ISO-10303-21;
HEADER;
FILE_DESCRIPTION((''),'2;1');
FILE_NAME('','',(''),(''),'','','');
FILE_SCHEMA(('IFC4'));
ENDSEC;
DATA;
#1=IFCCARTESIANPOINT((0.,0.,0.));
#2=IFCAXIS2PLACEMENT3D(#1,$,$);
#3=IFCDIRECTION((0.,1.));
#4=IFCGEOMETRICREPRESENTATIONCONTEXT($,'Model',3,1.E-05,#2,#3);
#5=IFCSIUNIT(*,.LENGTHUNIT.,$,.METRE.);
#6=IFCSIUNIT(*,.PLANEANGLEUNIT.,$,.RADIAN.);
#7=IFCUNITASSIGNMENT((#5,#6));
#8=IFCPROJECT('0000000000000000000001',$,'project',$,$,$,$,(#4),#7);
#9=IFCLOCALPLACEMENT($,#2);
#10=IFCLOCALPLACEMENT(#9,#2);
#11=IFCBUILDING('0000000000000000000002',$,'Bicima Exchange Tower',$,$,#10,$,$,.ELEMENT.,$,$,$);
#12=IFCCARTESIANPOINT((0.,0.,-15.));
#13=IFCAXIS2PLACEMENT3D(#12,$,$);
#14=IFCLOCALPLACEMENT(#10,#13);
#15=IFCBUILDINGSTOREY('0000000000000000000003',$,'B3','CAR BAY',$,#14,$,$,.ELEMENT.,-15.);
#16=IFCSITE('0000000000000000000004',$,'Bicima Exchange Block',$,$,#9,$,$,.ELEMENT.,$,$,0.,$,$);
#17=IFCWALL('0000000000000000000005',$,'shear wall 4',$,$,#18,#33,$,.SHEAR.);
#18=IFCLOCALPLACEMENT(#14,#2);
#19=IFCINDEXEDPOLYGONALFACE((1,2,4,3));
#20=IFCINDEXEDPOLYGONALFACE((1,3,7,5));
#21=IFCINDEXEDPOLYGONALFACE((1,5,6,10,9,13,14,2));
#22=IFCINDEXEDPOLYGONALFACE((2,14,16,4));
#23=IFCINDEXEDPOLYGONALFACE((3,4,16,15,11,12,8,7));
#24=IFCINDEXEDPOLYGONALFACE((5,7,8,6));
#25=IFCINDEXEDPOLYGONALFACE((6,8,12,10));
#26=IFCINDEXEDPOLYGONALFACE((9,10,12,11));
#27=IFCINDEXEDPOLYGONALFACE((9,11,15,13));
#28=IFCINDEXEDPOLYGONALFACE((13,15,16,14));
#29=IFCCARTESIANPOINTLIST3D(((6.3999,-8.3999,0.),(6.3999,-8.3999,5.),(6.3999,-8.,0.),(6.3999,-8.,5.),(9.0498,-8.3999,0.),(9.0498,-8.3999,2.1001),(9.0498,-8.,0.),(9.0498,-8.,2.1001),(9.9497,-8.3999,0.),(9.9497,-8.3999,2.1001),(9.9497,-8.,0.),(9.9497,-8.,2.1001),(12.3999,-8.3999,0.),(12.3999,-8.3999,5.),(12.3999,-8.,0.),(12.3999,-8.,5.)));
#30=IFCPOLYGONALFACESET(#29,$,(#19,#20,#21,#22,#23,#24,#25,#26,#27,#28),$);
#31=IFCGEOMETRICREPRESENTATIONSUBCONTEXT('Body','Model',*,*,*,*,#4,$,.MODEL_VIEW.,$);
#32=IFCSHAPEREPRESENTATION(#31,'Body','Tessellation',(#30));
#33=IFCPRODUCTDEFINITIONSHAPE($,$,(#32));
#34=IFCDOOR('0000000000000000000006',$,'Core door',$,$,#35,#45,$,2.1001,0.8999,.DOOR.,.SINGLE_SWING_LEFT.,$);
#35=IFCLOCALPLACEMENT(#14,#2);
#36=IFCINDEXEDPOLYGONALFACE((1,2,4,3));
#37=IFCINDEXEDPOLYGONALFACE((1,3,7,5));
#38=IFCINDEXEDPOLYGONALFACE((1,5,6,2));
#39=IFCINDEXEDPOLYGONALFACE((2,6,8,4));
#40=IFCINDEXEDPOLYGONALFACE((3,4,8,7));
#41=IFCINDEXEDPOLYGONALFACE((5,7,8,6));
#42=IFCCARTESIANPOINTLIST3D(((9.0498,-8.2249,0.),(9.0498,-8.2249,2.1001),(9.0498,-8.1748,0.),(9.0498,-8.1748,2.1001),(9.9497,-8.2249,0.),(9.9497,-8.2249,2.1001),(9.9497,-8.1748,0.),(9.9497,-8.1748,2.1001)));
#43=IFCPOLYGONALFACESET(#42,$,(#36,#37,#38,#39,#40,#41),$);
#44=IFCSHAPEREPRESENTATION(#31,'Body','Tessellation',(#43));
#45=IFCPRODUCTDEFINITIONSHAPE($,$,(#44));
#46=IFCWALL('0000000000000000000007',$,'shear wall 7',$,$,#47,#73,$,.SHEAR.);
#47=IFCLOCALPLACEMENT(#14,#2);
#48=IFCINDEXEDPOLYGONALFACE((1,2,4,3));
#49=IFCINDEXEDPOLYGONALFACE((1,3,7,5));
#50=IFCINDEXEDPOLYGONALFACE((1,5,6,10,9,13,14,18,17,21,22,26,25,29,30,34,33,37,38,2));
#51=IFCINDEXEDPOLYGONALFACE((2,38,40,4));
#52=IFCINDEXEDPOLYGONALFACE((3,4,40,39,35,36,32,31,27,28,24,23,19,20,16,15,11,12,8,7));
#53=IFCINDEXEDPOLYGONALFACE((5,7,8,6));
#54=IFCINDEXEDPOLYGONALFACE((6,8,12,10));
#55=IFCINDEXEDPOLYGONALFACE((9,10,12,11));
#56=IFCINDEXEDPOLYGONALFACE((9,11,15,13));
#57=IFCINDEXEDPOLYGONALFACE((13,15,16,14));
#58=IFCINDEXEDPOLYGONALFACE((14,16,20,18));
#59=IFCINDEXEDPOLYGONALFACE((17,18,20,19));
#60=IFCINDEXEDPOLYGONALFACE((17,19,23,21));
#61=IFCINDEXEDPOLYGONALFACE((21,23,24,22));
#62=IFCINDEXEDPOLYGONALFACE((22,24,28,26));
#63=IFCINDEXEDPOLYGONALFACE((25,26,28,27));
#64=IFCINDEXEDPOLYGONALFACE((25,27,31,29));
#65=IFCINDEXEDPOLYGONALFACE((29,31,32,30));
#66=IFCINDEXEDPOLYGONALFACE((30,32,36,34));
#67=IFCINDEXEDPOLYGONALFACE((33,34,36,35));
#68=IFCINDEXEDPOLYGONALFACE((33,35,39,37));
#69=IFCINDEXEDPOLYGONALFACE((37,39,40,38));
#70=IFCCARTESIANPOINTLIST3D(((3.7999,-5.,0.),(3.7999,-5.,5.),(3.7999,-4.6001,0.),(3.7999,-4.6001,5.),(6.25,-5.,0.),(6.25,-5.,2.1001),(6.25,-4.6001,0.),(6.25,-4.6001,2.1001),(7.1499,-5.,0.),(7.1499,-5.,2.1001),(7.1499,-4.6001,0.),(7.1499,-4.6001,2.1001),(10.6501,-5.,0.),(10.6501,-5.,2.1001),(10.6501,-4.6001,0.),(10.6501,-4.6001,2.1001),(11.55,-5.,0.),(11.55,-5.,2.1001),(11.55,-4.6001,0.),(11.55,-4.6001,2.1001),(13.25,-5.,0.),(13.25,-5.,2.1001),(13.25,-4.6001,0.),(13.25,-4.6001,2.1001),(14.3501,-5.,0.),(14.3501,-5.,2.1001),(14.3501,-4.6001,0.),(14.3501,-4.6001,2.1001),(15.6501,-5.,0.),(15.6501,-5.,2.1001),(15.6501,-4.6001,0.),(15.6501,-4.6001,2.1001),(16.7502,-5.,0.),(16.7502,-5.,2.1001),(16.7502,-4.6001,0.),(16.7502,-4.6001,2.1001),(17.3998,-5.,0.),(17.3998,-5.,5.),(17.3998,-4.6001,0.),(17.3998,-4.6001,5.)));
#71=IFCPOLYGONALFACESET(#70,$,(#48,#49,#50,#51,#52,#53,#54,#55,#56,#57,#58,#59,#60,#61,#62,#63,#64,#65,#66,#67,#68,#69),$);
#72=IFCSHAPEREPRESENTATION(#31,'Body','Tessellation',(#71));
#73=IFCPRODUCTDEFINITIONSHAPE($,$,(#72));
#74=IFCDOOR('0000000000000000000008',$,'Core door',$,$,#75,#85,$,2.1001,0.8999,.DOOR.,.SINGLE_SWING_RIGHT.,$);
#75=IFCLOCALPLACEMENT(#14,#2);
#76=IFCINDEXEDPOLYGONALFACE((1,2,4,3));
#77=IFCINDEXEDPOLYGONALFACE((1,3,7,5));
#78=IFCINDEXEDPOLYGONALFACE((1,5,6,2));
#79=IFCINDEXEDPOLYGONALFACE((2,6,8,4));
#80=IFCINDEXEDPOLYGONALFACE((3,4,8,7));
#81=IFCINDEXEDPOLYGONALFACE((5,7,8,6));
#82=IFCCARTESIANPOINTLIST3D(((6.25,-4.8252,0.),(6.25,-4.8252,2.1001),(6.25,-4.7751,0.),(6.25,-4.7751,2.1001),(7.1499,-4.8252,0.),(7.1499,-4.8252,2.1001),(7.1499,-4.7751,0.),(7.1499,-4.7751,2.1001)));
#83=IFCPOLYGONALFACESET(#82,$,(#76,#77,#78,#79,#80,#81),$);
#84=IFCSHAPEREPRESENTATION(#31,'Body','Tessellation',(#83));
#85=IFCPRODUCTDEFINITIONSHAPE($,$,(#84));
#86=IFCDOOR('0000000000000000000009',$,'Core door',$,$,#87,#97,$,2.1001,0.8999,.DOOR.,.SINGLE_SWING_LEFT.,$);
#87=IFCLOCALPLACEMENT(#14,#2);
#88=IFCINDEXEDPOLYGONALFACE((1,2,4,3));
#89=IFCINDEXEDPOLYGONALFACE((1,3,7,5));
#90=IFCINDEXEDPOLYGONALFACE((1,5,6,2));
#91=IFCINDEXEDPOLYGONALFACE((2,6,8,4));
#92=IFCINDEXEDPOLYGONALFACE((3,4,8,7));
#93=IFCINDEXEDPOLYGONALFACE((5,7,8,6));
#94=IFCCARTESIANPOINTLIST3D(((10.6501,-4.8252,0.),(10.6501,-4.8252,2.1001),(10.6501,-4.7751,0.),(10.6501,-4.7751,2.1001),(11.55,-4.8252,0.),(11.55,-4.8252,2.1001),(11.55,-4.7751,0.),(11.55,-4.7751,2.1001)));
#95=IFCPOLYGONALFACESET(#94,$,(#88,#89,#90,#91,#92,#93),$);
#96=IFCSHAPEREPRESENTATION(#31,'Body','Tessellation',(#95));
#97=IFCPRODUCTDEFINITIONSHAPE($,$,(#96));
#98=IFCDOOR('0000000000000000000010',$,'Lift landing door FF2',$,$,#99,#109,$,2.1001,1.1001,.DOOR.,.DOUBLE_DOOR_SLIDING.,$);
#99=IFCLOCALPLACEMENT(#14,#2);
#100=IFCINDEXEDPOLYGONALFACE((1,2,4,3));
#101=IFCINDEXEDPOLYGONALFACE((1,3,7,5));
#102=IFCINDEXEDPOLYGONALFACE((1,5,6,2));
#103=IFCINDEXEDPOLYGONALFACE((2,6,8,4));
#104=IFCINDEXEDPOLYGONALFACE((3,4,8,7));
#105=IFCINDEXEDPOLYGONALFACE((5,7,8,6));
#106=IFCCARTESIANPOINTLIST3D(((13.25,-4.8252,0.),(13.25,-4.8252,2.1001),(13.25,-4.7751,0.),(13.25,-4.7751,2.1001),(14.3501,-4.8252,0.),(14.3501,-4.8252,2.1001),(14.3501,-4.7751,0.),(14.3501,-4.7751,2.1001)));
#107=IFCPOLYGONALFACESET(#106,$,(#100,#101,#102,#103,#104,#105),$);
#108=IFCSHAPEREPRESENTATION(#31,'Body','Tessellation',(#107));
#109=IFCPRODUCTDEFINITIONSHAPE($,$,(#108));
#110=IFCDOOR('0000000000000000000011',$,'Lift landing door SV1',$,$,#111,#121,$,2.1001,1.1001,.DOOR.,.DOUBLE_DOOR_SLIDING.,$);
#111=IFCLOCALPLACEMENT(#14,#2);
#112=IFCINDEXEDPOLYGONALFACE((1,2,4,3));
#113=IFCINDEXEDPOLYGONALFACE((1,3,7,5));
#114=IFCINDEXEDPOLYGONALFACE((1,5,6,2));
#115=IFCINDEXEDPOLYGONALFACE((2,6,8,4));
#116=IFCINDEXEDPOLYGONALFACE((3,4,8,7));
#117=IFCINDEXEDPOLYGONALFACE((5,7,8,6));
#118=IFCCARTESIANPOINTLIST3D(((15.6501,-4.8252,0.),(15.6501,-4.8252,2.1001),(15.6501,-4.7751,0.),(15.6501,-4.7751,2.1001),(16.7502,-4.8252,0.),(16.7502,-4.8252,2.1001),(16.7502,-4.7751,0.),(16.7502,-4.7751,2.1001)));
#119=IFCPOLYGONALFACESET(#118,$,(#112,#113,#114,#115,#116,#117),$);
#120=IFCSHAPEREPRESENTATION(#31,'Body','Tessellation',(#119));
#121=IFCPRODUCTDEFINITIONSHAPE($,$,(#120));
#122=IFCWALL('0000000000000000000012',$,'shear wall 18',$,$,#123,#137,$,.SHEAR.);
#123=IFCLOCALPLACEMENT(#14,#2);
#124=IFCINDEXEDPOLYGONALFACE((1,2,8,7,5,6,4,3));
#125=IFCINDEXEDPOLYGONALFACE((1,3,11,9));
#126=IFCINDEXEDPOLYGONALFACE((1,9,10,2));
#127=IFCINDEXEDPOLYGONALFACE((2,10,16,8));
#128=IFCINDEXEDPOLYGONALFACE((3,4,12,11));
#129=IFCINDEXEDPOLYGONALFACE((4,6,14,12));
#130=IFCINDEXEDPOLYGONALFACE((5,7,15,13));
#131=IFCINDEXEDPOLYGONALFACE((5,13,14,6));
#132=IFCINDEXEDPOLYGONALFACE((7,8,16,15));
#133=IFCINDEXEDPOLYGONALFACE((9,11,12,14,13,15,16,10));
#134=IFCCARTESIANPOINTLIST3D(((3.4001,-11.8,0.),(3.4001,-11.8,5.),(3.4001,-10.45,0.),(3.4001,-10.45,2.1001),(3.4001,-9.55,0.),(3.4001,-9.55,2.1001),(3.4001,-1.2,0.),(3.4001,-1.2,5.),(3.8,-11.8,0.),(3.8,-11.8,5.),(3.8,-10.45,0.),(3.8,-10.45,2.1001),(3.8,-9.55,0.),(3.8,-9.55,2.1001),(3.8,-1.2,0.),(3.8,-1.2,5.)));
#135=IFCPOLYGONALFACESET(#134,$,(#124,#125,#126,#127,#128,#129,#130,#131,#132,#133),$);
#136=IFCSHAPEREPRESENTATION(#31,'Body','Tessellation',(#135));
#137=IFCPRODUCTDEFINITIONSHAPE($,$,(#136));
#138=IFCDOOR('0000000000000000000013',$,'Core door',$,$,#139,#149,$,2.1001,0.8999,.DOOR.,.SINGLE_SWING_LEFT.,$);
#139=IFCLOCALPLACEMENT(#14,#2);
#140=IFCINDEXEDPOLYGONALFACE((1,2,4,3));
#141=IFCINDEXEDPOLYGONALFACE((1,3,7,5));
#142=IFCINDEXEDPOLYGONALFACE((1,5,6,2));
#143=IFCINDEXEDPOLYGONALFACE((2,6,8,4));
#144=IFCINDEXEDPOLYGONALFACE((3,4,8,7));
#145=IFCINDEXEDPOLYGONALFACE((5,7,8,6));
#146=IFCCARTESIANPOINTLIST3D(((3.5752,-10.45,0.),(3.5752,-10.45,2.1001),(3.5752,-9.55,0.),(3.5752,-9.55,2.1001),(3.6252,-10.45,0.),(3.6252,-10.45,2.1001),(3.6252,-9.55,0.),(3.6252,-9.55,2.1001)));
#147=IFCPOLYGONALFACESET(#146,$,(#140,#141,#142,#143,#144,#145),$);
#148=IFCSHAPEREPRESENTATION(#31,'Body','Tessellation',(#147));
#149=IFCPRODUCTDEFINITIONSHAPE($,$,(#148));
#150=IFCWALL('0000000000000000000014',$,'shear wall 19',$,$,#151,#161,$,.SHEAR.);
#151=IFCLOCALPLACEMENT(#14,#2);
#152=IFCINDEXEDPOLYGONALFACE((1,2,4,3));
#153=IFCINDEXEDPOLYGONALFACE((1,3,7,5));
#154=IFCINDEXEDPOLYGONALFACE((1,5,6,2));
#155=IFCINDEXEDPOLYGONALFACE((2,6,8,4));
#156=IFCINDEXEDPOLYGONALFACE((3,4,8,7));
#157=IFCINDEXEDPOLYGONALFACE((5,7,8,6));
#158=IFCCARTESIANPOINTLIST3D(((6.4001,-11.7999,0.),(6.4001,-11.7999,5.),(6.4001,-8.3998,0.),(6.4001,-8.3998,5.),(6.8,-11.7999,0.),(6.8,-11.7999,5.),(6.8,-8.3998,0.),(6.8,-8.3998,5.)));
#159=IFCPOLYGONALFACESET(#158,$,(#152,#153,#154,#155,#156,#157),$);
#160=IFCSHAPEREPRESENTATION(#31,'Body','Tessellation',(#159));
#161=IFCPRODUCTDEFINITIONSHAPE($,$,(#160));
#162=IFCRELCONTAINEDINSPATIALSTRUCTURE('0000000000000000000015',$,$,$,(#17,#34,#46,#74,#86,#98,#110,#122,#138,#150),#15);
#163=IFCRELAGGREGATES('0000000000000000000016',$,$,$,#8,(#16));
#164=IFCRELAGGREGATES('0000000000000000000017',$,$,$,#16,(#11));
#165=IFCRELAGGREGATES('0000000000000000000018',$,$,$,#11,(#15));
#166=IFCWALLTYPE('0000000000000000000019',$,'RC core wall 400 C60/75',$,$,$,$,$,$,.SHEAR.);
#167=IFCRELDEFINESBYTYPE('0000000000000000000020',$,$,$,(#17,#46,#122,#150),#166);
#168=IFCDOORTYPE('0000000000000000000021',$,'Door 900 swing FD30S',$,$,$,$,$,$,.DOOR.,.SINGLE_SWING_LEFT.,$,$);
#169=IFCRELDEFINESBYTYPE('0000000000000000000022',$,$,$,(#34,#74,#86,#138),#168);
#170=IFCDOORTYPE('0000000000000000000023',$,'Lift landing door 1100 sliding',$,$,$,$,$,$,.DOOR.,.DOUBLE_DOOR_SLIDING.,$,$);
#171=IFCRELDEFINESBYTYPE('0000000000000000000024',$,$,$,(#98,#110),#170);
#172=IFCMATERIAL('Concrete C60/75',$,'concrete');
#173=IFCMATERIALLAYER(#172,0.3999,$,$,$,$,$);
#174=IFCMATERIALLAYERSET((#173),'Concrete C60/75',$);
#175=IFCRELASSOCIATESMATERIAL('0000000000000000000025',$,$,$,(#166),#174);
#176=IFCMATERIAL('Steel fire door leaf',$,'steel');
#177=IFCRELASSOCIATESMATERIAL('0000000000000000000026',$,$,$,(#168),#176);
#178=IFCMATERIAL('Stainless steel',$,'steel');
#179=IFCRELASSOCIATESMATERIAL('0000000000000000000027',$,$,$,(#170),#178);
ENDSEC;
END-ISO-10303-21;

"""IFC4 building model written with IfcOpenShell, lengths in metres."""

from ifc_helpers import new_model, si_unit, direction, frame, frame_2d, origin, place, context, subcontext, project, spatial, rectangle, extrude, material, layer, layer_set, type_object, element, fill, save


model = new_model("IFC4")

# Units and contexts
model_context = context("Model", 3, precision=1e-05, world=origin(), true_north=direction((0.0, 1.0)))
body_context = subcontext(model_context, "Body", "Model", "MODEL_VIEW")
ifc_project = project(units=[si_unit("LENGTHUNIT", "METRE"), si_unit("PLANEANGLEUNIT", "RADIAN")], contexts=[model_context])

# Site, building, storey
site_placement = place(None, origin())
site = spatial("IfcSite", under=ifc_project, at=site_placement, Name="Bicima Exchange Block", CompositionType="ELEMENT", RefElevation=0.0)
building_placement = place(site_placement, origin())
building = spatial("IfcBuilding", under=site, at=building_placement, Name="Bicima Exchange Tower", CompositionType="ELEMENT")
storey_placement = place(building_placement, frame((0.0, 0.0, -15.0)))
storey = spatial("IfcBuildingStorey", under=building, at=storey_placement, Name="B3", Description="CAR BAY", CompositionType="ELEMENT", Elevation=-15.0)

# Wall, opening, door
ifc_material_1 = material(Name="Concrete C60/75", Category="concrete")
ifc_layer_1 = layer(ifc_material_1, 0.3999)
ifc_layer_set_1 = layer_set([ifc_layer_1], Name="Concrete C60/75")
wall_type_1 = type_object("IfcWallType", Name="RC core wall 400 C60/75", PredefinedType="SHEAR", material=ifc_layer_set_1)
wall_1_placement = place(storey_placement, frame((6.3999, -8.2, 0.0), z_axis=(0.0, 0.0, 1.0), x_axis=(1.0, 0.0, 0.0)))
wall_1 = element("IfcWall", 1, at=wall_1_placement, inside=storey, type_object=wall_type_1, Name="shear wall 4", PredefinedType="SHEAR", context=body_context, shape_type="SweptSolid", body=[
    extrude(rectangle(XDim=6.0, YDim=0.3999, at=frame_2d((3.0, 0.0))), origin(), (0.0, 0.0, 1.0), 5.0),
])
opening_1_placement = place(wall_1_placement, frame((2.6499, 0.0, 0.0)))
opening_1 = element("IfcOpeningElement", 2, at=opening_1_placement, cuts=wall_1, PredefinedType="OPENING", context=body_context, shape_type="SweptSolid", body=[
    extrude(rectangle(XDim=0.8999, YDim=2.1001, at=frame_2d((0.45, 1.05))), frame((0.0, 0.2119, 0.0), z_axis=(0.0, -1.0, 0.0), x_axis=(1.0, 0.0, 0.0)), (0.0, 0.0, 1.0), 0.4238),
])
ifc_material_2 = material(Name="Steel fire door leaf", Category="steel")
door_type_1 = type_object("IfcDoorType", Name="Door 900 swing FD30S", OperationType="SINGLE_SWING_LEFT", PredefinedType="DOOR", material=ifc_material_2)
door_1_placement = place(opening_1_placement, frame((0.8999, 0.0, 0.0), z_axis=(0.0, 0.0, 1.0), x_axis=(-1.0, 0.0, 0.0)))
door_1 = element("IfcDoor", 3, at=door_1_placement, inside=storey, type_object=door_type_1, Name="Core door", OperationType="SINGLE_SWING_LEFT", OverallHeight=2.1001, OverallWidth=0.8999, PredefinedType="DOOR", context=body_context, shape_type="SweptSolid", body=[
    extrude(rectangle(XDim=0.8999, YDim=2.1001, at=frame_2d((0.45, 1.05))), frame((0.0, 0.0249, 0.0), z_axis=(0.0, -1.0, 0.0), x_axis=(1.0, 0.0, 0.0)), (0.0, 0.0, 1.0), 0.05),
])
fill(opening_1, door_1)

# Wall, openings, doors
wall_2_placement = place(storey_placement, frame((3.8, -4.8, 0.0), z_axis=(0.0, 0.0, 1.0), x_axis=(1.0, 0.0, 0.0)))
wall_2 = element("IfcWall", 4, at=wall_2_placement, inside=storey, type_object=wall_type_1, Name="shear wall 7", PredefinedType="SHEAR", context=body_context, shape_type="SweptSolid", body=[
    extrude(rectangle(XDim=13.5999, YDim=0.3999, at=frame_2d((6.7998, 0.0))), origin(), (0.0, 0.0, 1.0), 5.0),
])
opening_2_placement = place(wall_2_placement, frame((9.45, 0.0, 0.0)))
opening_2 = element("IfcOpeningElement", 5, at=opening_2_placement, cuts=wall_2, PredefinedType="OPENING", context=body_context, shape_type="SweptSolid", body=[
    extrude(rectangle(XDim=1.1001, YDim=2.1001, at=frame_2d((0.55, 1.05))), frame((0.0, 0.2119, 0.0), z_axis=(0.0, -1.0, 0.0), x_axis=(1.0, 0.0, 0.0)), (0.0, 0.0, 1.0), 0.4238),
])
opening_3_placement = place(wall_2_placement, frame((11.8501, 0.0, 0.0)))
opening_3 = element("IfcOpeningElement", 6, at=opening_3_placement, cuts=wall_2, PredefinedType="OPENING", context=body_context, shape_type="SweptSolid", body=[
    extrude(rectangle(XDim=1.1001, YDim=2.1001, at=frame_2d((0.55, 1.05))), frame((0.0, 0.2119, 0.0), z_axis=(0.0, -1.0, 0.0), x_axis=(1.0, 0.0, 0.0)), (0.0, 0.0, 1.0), 0.4238),
])
opening_4_placement = place(wall_2_placement, frame((2.45, 0.0, 0.0)))
opening_4 = element("IfcOpeningElement", 7, at=opening_4_placement, cuts=wall_2, PredefinedType="OPENING", context=body_context, shape_type="SweptSolid", body=[
    extrude(rectangle(XDim=0.8999, YDim=2.1001, at=frame_2d((0.45, 1.05))), frame((0.0, 0.2119, 0.0), z_axis=(0.0, -1.0, 0.0), x_axis=(1.0, 0.0, 0.0)), (0.0, 0.0, 1.0), 0.4238),
])
opening_5_placement = place(wall_2_placement, frame((6.8501, 0.0, 0.0)))
opening_5 = element("IfcOpeningElement", 8, at=opening_5_placement, cuts=wall_2, PredefinedType="OPENING", context=body_context, shape_type="SweptSolid", body=[
    extrude(rectangle(XDim=0.8999, YDim=2.1001, at=frame_2d((0.45, 1.05))), frame((0.0, 0.2119, 0.0), z_axis=(0.0, -1.0, 0.0), x_axis=(1.0, 0.0, 0.0)), (0.0, 0.0, 1.0), 0.4238),
])
door_2_placement = place(opening_4_placement, origin())
door_2 = element("IfcDoor", 9, at=door_2_placement, inside=storey, type_object=door_type_1, Name="Core door", OperationType="SINGLE_SWING_RIGHT", OverallHeight=2.1001, OverallWidth=0.8999, PredefinedType="DOOR", context=body_context, shape_type="SweptSolid", body=[
    extrude(rectangle(XDim=0.8999, YDim=2.1001, at=frame_2d((0.45, 1.05))), frame((0.0, 0.0249, 0.0), z_axis=(0.0, -1.0, 0.0), x_axis=(1.0, 0.0, 0.0)), (0.0, 0.0, 1.0), 0.05),
])
fill(opening_4, door_2)
door_3_placement = place(opening_5_placement, origin())
door_3 = element("IfcDoor", 10, at=door_3_placement, inside=storey, type_object=door_type_1, Name="Core door", OperationType="SINGLE_SWING_LEFT", OverallHeight=2.1001, OverallWidth=0.8999, PredefinedType="DOOR", context=body_context, shape_type="SweptSolid", body=[
    extrude(rectangle(XDim=0.8999, YDim=2.1001, at=frame_2d((0.45, 1.05))), frame((0.0, 0.0249, 0.0), z_axis=(0.0, -1.0, 0.0), x_axis=(1.0, 0.0, 0.0)), (0.0, 0.0, 1.0), 0.05),
])
fill(opening_5, door_3)
ifc_material_3 = material(Name="Stainless steel", Category="steel")
door_type_2 = type_object("IfcDoorType", Name="Lift landing door 1100 sliding", OperationType="DOUBLE_DOOR_SLIDING", PredefinedType="DOOR", material=ifc_material_3)
door_4_placement = place(opening_2_placement, origin())
door_4 = element("IfcDoor", 11, at=door_4_placement, inside=storey, type_object=door_type_2, Name="Lift landing door FF2", OperationType="DOUBLE_DOOR_SLIDING", OverallHeight=2.1001, OverallWidth=1.1001, PredefinedType="DOOR", context=body_context, shape_type="SweptSolid", body=[
    extrude(rectangle(XDim=1.1001, YDim=2.1001, at=frame_2d((0.55, 1.05))), frame((0.0, 0.0249, 0.0), z_axis=(0.0, -1.0, 0.0), x_axis=(1.0, 0.0, 0.0)), (0.0, 0.0, 1.0), 0.05),
])
fill(opening_2, door_4)
door_5_placement = place(opening_3_placement, origin())
door_5 = element("IfcDoor", 12, at=door_5_placement, inside=storey, type_object=door_type_2, Name="Lift landing door SV1", OperationType="DOUBLE_DOOR_SLIDING", OverallHeight=2.1001, OverallWidth=1.1001, PredefinedType="DOOR", context=body_context, shape_type="SweptSolid", body=[
    extrude(rectangle(XDim=1.1001, YDim=2.1001, at=frame_2d((0.55, 1.05))), frame((0.0, 0.0249, 0.0), z_axis=(0.0, -1.0, 0.0), x_axis=(1.0, 0.0, 0.0)), (0.0, 0.0, 1.0), 0.05),
])
fill(opening_3, door_5)

# Wall, opening, door
wall_3_placement = place(storey_placement, frame((3.6001, -11.8, 0.0), z_axis=(0.0, 0.0, 1.0), x_axis=(0.0, 1.0, 0.0)))
wall_3 = element("IfcWall", 13, at=wall_3_placement, inside=storey, type_object=wall_type_1, Name="shear wall 18", PredefinedType="SHEAR", context=body_context, shape_type="SweptSolid", body=[
    extrude(rectangle(XDim=10.6001, YDim=0.3999, at=frame_2d((5.3, 0.0))), origin(), (0.0, 0.0, 1.0), 5.0),
])
opening_6_placement = place(wall_3_placement, frame((1.3501, 0.0, 0.0)))
opening_6 = element("IfcOpeningElement", 14, at=opening_6_placement, cuts=wall_3, PredefinedType="OPENING", context=body_context, shape_type="SweptSolid", body=[
    extrude(rectangle(XDim=0.8999, YDim=2.1001, at=frame_2d((0.45, 1.05))), frame((0.0, 0.2119, 0.0), z_axis=(0.0, -1.0, 0.0), x_axis=(1.0, 0.0, 0.0)), (0.0, 0.0, 1.0), 0.4238),
])
door_6_placement = place(opening_6_placement, origin())
door_6 = element("IfcDoor", 15, at=door_6_placement, inside=storey, type_object=door_type_1, Name="Core door", OperationType="SINGLE_SWING_LEFT", OverallHeight=2.1001, OverallWidth=0.8999, PredefinedType="DOOR", context=body_context, shape_type="SweptSolid", body=[
    extrude(rectangle(XDim=0.8999, YDim=2.1001, at=frame_2d((0.45, 1.05))), frame((0.0, 0.0249, 0.0), z_axis=(0.0, -1.0, 0.0), x_axis=(1.0, 0.0, 0.0)), (0.0, 0.0, 1.0), 0.05),
])
fill(opening_6, door_6)

# Wall
wall_4_placement = place(storey_placement, frame((6.6001, -11.8, 0.0), z_axis=(0.0, 0.0, 1.0), x_axis=(0.0, 1.0, 0.0)))
element("IfcWall", 16, at=wall_4_placement, inside=storey, type_object=wall_type_1, Name="shear wall 19", PredefinedType="SHEAR", context=body_context, shape_type="SweptSolid", body=[
    extrude(rectangle(XDim=3.4001, YDim=0.3999, at=frame_2d((1.7002, 0.0))), origin(), (0.0, 0.0, 1.0), 5.0),
])

save(model, "model.ifc")
